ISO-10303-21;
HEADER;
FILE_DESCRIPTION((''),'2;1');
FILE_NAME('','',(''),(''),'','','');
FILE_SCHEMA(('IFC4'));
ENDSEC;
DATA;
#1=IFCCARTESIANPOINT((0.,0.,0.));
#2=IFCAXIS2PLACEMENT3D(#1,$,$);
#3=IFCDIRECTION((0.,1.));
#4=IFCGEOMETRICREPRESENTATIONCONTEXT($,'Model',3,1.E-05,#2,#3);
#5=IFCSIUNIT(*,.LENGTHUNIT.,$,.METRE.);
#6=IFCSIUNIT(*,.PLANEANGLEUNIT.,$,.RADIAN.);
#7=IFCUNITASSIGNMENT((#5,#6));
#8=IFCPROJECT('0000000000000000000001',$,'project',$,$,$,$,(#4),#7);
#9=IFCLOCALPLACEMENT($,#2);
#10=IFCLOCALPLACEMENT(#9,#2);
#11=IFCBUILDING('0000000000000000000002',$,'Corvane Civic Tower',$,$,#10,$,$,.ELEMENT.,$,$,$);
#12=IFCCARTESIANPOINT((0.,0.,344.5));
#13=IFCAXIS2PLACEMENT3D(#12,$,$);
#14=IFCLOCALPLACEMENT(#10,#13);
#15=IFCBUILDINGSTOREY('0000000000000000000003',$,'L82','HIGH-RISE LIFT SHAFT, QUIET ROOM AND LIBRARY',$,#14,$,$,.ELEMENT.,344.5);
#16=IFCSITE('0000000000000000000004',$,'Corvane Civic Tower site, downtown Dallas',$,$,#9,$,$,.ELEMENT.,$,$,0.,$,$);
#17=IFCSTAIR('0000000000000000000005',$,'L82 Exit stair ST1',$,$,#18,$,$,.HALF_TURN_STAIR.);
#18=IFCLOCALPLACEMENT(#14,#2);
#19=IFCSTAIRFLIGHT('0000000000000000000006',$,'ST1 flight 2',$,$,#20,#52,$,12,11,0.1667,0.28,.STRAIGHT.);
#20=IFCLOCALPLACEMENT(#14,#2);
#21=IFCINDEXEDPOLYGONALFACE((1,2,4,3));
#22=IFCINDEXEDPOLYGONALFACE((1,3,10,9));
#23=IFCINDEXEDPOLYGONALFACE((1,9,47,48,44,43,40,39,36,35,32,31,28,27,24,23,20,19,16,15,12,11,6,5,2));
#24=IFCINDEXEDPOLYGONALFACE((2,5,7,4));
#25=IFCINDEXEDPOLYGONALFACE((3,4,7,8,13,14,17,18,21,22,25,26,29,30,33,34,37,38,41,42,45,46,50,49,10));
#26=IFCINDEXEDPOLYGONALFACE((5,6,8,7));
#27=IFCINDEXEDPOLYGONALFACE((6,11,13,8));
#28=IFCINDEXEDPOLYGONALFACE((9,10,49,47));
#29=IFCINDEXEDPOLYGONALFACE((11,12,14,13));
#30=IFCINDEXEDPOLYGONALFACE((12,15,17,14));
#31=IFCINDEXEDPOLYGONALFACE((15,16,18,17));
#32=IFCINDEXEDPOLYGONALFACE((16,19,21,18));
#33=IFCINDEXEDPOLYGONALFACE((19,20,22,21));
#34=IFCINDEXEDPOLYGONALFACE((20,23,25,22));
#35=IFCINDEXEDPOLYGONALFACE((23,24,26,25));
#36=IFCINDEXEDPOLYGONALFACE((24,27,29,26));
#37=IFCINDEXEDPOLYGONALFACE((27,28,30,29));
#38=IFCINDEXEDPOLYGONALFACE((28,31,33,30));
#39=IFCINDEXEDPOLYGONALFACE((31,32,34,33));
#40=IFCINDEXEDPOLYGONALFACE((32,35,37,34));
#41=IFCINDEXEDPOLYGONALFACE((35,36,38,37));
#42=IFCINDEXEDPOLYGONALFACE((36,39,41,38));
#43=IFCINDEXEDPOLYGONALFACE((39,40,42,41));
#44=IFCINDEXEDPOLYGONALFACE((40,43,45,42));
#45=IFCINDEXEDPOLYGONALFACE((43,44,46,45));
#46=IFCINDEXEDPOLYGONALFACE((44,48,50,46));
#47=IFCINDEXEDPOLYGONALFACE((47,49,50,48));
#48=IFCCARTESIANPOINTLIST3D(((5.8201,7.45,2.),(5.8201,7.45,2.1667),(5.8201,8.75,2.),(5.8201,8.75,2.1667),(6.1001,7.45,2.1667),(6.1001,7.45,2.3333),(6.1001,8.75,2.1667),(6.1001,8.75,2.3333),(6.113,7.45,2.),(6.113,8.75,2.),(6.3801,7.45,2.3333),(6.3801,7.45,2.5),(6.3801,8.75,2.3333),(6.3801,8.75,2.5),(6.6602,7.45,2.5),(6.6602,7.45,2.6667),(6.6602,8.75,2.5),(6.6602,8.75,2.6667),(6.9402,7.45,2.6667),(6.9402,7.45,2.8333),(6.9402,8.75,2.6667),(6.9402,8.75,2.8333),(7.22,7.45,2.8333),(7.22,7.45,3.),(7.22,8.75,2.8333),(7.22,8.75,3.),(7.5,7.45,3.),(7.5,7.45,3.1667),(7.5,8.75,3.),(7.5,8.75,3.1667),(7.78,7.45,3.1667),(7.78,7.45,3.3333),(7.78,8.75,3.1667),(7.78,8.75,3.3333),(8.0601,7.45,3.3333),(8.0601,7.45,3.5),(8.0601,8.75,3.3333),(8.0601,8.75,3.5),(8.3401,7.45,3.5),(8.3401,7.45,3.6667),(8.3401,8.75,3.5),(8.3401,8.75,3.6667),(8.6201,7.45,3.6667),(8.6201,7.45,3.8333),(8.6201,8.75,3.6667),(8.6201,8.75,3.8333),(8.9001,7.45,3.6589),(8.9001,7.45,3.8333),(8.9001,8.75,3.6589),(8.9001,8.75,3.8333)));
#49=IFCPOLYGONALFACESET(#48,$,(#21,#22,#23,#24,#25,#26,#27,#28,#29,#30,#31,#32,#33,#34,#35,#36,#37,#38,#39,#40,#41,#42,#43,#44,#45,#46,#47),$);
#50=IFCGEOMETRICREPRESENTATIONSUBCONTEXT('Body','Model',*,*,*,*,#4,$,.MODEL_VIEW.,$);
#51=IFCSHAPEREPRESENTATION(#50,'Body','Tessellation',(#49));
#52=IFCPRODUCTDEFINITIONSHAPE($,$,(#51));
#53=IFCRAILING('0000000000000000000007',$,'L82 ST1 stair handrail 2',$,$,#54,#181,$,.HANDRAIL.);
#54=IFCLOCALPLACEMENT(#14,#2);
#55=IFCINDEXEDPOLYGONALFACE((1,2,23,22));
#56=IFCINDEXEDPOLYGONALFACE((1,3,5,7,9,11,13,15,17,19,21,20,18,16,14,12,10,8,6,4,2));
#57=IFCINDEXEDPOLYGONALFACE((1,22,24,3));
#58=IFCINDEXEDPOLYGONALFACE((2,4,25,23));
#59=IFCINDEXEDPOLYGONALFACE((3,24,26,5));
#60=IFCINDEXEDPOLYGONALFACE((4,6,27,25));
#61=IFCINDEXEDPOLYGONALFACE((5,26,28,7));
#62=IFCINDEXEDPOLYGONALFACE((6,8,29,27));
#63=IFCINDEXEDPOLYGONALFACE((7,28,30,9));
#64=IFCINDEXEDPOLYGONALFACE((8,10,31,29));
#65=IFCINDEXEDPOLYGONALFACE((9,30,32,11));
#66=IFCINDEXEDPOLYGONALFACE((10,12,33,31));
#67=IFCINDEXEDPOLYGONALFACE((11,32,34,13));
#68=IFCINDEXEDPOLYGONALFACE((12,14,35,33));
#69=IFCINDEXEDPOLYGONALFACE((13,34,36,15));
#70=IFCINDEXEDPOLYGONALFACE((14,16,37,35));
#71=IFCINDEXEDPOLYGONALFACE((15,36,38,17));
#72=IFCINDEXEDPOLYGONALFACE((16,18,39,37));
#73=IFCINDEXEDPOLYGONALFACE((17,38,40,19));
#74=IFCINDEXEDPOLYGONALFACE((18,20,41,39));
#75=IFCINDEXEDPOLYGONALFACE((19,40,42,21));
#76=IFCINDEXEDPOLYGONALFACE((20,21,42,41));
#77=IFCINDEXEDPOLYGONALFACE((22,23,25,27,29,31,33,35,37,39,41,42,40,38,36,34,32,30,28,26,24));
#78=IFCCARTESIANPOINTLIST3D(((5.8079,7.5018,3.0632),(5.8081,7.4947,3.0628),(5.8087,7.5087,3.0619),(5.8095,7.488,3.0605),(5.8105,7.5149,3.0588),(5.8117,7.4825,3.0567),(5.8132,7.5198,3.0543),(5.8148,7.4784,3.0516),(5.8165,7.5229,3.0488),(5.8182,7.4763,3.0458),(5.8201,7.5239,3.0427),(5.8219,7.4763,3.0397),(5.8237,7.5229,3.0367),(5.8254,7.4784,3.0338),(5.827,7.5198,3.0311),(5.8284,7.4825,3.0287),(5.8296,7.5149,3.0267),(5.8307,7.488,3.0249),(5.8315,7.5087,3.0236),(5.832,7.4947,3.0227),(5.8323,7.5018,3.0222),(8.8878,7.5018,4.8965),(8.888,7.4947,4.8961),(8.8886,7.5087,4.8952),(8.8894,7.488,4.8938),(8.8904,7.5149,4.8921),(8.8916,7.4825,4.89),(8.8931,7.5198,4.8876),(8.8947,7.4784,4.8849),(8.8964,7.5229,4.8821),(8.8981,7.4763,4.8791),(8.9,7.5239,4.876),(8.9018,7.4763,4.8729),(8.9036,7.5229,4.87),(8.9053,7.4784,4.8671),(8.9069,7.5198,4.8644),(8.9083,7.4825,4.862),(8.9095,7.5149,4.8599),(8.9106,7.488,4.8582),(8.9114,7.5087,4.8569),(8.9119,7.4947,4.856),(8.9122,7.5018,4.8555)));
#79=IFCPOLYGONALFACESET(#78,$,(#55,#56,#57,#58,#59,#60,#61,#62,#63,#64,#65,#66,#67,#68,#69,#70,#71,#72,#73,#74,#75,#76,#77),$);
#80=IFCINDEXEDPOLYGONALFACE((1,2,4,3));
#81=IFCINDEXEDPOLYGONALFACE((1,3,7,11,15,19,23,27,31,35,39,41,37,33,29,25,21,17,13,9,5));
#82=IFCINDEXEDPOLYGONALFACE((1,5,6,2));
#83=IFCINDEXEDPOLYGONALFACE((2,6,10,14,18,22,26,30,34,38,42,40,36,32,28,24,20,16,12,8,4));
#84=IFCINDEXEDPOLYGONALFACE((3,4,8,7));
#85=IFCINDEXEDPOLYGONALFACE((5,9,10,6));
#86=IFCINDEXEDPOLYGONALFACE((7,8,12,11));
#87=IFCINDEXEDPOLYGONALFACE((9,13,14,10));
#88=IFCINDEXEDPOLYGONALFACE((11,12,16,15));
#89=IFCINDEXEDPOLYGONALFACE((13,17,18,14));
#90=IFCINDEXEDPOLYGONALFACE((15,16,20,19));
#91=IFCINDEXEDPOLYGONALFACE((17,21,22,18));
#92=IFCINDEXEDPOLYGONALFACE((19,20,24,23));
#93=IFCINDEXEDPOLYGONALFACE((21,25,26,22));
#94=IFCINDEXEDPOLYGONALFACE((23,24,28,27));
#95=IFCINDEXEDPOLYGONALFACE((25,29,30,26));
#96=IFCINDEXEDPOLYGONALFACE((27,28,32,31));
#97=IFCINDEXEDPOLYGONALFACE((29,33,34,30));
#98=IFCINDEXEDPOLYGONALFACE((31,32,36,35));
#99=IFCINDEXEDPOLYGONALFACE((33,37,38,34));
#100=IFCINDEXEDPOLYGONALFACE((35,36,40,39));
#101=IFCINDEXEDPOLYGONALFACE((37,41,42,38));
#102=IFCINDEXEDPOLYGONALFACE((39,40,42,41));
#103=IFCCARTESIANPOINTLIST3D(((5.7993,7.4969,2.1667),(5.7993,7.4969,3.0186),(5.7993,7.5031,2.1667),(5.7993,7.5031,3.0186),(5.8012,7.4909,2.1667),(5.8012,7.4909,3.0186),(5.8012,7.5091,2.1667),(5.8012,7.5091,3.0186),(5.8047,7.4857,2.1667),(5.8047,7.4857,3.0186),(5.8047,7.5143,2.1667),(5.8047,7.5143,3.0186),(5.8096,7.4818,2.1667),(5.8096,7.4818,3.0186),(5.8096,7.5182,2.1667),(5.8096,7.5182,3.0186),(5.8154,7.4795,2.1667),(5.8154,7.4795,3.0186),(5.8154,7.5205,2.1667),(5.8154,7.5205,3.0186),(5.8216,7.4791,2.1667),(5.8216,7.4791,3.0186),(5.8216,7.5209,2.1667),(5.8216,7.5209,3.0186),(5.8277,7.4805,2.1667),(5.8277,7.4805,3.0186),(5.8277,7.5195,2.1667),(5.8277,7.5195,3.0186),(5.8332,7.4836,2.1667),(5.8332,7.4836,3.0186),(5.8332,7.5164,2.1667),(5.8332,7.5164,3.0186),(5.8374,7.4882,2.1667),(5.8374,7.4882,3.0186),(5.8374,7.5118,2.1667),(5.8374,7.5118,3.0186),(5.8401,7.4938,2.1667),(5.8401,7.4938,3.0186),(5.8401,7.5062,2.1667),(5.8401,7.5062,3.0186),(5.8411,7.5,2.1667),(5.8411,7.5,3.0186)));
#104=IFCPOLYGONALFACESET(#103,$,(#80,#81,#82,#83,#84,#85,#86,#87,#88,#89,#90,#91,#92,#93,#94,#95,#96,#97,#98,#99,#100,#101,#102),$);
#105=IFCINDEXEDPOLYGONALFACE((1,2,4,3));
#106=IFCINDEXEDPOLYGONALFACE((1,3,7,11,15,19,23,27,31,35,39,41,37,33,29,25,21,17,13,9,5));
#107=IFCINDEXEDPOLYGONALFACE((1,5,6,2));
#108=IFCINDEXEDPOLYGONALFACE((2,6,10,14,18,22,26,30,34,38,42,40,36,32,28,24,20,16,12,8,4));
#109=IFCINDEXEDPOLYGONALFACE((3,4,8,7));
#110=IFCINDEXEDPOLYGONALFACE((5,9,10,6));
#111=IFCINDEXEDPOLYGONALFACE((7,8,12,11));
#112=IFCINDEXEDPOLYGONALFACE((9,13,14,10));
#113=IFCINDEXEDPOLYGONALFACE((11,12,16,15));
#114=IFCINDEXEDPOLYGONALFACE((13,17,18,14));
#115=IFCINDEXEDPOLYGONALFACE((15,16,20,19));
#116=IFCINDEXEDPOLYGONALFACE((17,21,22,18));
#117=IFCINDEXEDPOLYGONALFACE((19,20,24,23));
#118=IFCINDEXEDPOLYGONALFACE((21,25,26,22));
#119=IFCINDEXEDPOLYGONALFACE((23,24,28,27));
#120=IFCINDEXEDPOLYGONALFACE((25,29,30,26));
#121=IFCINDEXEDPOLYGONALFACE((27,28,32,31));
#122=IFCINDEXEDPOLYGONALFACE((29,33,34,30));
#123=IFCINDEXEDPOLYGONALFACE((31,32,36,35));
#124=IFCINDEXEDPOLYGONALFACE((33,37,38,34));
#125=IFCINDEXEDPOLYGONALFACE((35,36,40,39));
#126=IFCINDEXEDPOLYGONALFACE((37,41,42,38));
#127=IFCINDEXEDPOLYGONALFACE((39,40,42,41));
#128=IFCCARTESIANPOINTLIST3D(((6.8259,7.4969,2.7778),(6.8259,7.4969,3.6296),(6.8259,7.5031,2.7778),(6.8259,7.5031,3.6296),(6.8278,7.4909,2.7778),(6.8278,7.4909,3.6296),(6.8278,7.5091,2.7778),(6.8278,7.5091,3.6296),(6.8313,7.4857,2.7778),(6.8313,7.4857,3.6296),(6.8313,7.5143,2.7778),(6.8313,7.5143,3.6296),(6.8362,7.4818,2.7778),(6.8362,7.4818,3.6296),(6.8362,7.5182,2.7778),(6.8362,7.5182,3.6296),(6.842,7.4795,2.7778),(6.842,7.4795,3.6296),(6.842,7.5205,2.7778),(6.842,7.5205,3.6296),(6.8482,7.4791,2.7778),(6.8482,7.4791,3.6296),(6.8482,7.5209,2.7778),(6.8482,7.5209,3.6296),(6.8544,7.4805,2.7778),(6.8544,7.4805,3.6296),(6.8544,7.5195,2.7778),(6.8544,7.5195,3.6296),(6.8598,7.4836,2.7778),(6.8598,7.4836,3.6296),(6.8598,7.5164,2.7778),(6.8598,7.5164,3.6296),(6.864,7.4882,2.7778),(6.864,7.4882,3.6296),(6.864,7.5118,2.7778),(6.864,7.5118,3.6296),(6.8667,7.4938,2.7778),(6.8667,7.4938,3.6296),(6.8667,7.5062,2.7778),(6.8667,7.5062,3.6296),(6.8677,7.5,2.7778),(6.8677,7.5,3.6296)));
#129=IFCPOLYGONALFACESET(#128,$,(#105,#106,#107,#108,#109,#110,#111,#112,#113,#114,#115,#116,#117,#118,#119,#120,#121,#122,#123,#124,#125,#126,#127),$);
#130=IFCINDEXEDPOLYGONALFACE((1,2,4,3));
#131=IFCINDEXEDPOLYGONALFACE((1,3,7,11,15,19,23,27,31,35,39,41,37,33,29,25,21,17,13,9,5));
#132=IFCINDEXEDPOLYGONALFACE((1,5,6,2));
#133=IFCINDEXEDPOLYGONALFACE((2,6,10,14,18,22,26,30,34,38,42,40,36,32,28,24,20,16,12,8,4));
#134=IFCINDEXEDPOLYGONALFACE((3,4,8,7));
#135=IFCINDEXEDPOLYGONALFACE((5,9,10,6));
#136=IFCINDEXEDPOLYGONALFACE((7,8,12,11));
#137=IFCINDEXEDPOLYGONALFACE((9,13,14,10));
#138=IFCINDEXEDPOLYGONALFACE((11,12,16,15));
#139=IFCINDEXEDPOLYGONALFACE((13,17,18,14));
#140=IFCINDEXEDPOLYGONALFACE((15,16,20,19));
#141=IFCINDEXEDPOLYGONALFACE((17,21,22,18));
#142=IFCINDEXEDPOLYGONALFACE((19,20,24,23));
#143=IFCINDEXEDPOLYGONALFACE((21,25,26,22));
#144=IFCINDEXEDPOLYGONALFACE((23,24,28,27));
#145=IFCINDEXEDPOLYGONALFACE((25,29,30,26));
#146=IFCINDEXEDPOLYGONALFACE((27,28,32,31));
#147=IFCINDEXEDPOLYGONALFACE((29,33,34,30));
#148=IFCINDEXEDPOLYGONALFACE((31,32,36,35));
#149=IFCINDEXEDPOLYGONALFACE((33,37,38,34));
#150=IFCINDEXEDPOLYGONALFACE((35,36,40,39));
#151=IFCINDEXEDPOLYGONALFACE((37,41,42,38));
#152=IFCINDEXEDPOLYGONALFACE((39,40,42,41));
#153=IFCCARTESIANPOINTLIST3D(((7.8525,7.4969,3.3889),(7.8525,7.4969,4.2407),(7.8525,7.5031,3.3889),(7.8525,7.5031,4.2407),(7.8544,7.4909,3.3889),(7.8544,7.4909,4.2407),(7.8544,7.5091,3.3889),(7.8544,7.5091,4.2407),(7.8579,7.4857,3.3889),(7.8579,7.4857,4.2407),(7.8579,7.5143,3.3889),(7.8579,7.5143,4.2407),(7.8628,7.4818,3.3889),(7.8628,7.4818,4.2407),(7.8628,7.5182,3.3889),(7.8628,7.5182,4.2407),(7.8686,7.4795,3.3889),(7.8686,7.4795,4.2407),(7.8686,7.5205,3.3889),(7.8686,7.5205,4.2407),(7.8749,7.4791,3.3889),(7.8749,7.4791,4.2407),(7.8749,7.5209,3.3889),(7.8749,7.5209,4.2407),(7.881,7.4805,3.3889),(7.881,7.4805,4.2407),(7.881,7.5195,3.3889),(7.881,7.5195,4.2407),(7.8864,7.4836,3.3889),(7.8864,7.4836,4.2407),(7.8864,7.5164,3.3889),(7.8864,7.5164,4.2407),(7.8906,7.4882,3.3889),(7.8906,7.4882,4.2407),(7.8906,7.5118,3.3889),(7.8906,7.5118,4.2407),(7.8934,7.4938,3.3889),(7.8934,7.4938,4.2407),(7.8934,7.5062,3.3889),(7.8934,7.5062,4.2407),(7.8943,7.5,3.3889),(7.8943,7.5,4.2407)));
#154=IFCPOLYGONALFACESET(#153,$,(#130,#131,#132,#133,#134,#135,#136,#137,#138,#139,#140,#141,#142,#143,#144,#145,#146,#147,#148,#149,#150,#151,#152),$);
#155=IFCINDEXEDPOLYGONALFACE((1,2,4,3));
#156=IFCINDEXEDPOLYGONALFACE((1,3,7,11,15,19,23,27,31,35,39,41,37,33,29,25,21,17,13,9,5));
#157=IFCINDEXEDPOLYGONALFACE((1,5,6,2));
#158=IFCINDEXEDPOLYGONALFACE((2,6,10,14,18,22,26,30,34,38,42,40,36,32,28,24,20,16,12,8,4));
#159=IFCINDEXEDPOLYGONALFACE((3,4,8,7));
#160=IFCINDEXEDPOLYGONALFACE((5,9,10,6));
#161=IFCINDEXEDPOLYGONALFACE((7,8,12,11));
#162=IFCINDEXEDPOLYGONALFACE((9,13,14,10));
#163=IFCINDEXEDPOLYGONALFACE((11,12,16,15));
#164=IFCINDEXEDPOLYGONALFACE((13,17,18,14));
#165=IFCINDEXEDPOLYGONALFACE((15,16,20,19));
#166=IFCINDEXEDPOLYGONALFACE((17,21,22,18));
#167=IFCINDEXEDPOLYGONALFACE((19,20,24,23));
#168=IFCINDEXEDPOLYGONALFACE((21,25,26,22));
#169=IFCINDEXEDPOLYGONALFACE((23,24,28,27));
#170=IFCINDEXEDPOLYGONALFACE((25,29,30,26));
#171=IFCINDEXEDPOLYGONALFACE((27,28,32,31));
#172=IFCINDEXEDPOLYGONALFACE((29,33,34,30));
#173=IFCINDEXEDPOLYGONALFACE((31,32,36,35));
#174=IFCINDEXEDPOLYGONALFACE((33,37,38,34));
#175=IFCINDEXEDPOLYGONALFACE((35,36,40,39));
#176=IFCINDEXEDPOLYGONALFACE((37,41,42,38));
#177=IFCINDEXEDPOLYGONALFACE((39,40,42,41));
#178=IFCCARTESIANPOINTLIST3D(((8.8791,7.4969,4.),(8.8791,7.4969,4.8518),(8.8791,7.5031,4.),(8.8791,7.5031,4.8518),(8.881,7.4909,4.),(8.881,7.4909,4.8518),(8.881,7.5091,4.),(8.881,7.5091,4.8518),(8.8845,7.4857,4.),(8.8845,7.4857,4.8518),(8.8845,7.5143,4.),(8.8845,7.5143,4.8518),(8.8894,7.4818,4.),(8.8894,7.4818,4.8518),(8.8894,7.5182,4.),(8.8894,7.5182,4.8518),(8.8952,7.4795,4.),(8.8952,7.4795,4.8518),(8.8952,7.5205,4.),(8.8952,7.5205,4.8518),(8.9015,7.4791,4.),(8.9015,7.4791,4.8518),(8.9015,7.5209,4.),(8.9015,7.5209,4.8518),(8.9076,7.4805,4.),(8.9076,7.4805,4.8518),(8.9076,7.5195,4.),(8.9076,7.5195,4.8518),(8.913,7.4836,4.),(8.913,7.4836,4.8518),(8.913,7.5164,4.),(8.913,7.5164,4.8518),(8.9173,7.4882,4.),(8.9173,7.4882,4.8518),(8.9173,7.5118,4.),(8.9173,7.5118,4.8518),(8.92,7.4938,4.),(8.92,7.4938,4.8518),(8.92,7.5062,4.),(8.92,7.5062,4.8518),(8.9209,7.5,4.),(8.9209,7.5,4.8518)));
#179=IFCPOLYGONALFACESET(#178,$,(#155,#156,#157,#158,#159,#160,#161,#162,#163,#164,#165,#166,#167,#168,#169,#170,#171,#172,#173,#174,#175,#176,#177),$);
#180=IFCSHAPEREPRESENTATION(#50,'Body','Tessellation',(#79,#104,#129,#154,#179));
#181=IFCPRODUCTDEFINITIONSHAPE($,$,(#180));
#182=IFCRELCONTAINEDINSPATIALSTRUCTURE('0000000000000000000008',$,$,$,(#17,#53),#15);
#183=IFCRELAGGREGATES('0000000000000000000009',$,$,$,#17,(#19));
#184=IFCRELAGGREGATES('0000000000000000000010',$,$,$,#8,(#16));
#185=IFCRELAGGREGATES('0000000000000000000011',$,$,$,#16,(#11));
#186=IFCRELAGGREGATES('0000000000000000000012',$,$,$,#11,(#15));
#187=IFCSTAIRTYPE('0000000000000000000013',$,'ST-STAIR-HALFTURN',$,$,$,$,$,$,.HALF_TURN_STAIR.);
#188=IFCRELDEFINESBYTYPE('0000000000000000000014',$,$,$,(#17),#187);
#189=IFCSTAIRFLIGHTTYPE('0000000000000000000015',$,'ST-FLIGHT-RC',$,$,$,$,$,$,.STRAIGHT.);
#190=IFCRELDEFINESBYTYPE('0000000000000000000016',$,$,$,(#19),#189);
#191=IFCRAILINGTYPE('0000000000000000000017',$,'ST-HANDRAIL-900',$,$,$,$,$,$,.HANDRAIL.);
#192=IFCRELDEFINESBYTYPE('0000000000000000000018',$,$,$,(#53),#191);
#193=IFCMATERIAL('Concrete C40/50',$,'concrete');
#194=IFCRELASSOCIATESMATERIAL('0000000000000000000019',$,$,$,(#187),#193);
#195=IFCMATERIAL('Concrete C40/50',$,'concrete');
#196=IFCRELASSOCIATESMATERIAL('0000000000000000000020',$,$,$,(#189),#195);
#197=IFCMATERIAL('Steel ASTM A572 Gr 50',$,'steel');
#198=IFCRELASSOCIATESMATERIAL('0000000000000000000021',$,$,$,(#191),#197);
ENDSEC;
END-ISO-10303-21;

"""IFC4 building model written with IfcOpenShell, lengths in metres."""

from ifc_helpers import new_model, si_unit, direction, frame, origin, origin_2d, place, context, subcontext, project, spatial, polyline, circle, outline, extrude, material, type_object, element, aggregate, save


model = new_model("IFC4")

# Units and contexts
model_context = context("Model", 3, precision=1e-05, world=origin(), true_north=direction((0.0, 1.0)))
body_context = subcontext(model_context, "Body", "Model", "MODEL_VIEW")
ifc_project = project(units=[si_unit("LENGTHUNIT", "METRE"), si_unit("PLANEANGLEUNIT", "RADIAN")], contexts=[model_context])

# Site, building, storey
site_placement = place(None, origin())
site = spatial("IfcSite", under=ifc_project, at=site_placement, Name="Corvane Civic Tower site, downtown Dallas", CompositionType="ELEMENT", RefElevation=0.0)
building_placement = place(site_placement, origin())
building = spatial("IfcBuilding", under=site, at=building_placement, Name="Corvane Civic Tower", CompositionType="ELEMENT")
storey_placement = place(building_placement, frame((0.0, 0.0, 344.5)))
storey = spatial("IfcBuildingStorey", under=building, at=storey_placement, Name="L82", Description="HIGH-RISE LIFT SHAFT, QUIET ROOM AND LIBRARY", CompositionType="ELEMENT", Elevation=344.5)

# Stair, stair flight
ifc_material_1 = material(Name="Concrete C40/50", Category="concrete")
stair_type = type_object("IfcStairType", Name="ST-STAIR-HALFTURN", PredefinedType="HALF_TURN_STAIR", material=ifc_material_1)
stair_placement = place(storey_placement, origin())
stair = element("IfcStair", 1, at=stair_placement, inside=storey, type_object=stair_type, Name="L82 Exit stair ST1", PredefinedType="HALF_TURN_STAIR")
ifc_material_2 = material(Name="Concrete C40/50", Category="concrete")
stair_flight_type = type_object("IfcStairFlightType", Name="ST-FLIGHT-RC", PredefinedType="STRAIGHT", material=ifc_material_2)
stair_flight_1_placement = place(storey_placement, frame((5.8201, 8.1001, 2.0), z_axis=(0.0, 0.0, 1.0), x_axis=(1.0, 0.0, 0.0)))
stair_flight_1 = element("IfcStairFlight", 2, at=stair_flight_1_placement, type_object=stair_flight_type, Name="ST1 flight 2", NumberOfRisers=12, NumberOfTreads=11, PredefinedType="STRAIGHT", RiserHeight=0.1667, TreadLength=0.28, context=body_context, shape_type="SweptSolid", body=[
    extrude(outline(polyline([(0.0, 0.0), (0.0, 0.1667), (0.28, 0.1667), (0.28, 0.3333), (0.5601, 0.3333), (0.5601, 0.5), (0.8401, 0.5), (0.8401, 0.6667), (1.1201, 0.6667), (1.1201, 0.8333), (1.3999, 0.8333), (1.3999, 1.0), (1.6799, 1.0), (1.6799, 1.1667), (1.96, 1.1667), (1.96, 1.3333), (2.24, 1.3333), (2.24, 1.5), (2.52, 1.5), (2.52, 1.6667), (2.8, 1.6667), (2.8, 1.8333), (3.0801, 1.8333), (3.0801, 2.0), (3.0801, 1.6589), (0.293, 0.0), (0.0, 0.0)])), frame((0.0, 0.6499, 0.0), z_axis=(0.0, -1.0, 0.0), x_axis=(1.0, 0.0, 0.0)), (0.0, 0.0, 1.0), 1.3),
])
aggregate(stair, [stair_flight_1])

# Railing
ifc_material_3 = material(Name="Steel ASTM A572 Gr 50", Category="steel")
railing_type_1 = type_object("IfcRailingType", Name="ST-HANDRAIL-900", PredefinedType="HANDRAIL", material=ifc_material_3)
railing_1_placement = place(storey_placement, frame((5.8201, 7.5, 2.1667)))
element("IfcRailing", 3, at=railing_1_placement, inside=storey, type_object=railing_type_1, Name="L82 ST1 stair handrail 2", PredefinedType="HANDRAIL", context=body_context, shape_type="SweptSolid", body=[
    extrude(circle(Radius=0.0239, at=origin_2d()), frame((0.0, 0.0, 0.876), z_axis=(0.859291, 0.0, 0.511487), x_axis=(0.0, 1.0, 0.0)), (0.0, 0.0, 1.0), 3.5842),
    extrude(circle(Radius=0.021, at=origin_2d()), origin(), (0.0, 0.0, 1.0), 0.8518),
    extrude(circle(Radius=0.021, at=origin_2d()), frame((1.0266, 0.0, 0.6111)), (0.0, 0.0, 1.0), 0.8518),
    extrude(circle(Radius=0.021, at=origin_2d()), frame((2.0532, 0.0, 1.2222)), (0.0, 0.0, 1.0), 0.8518),
    extrude(circle(Radius=0.021, at=origin_2d()), frame((3.0798, 0.0, 1.8333)), (0.0, 0.0, 1.0), 0.8518),
])

save(model, "model.ifc")
